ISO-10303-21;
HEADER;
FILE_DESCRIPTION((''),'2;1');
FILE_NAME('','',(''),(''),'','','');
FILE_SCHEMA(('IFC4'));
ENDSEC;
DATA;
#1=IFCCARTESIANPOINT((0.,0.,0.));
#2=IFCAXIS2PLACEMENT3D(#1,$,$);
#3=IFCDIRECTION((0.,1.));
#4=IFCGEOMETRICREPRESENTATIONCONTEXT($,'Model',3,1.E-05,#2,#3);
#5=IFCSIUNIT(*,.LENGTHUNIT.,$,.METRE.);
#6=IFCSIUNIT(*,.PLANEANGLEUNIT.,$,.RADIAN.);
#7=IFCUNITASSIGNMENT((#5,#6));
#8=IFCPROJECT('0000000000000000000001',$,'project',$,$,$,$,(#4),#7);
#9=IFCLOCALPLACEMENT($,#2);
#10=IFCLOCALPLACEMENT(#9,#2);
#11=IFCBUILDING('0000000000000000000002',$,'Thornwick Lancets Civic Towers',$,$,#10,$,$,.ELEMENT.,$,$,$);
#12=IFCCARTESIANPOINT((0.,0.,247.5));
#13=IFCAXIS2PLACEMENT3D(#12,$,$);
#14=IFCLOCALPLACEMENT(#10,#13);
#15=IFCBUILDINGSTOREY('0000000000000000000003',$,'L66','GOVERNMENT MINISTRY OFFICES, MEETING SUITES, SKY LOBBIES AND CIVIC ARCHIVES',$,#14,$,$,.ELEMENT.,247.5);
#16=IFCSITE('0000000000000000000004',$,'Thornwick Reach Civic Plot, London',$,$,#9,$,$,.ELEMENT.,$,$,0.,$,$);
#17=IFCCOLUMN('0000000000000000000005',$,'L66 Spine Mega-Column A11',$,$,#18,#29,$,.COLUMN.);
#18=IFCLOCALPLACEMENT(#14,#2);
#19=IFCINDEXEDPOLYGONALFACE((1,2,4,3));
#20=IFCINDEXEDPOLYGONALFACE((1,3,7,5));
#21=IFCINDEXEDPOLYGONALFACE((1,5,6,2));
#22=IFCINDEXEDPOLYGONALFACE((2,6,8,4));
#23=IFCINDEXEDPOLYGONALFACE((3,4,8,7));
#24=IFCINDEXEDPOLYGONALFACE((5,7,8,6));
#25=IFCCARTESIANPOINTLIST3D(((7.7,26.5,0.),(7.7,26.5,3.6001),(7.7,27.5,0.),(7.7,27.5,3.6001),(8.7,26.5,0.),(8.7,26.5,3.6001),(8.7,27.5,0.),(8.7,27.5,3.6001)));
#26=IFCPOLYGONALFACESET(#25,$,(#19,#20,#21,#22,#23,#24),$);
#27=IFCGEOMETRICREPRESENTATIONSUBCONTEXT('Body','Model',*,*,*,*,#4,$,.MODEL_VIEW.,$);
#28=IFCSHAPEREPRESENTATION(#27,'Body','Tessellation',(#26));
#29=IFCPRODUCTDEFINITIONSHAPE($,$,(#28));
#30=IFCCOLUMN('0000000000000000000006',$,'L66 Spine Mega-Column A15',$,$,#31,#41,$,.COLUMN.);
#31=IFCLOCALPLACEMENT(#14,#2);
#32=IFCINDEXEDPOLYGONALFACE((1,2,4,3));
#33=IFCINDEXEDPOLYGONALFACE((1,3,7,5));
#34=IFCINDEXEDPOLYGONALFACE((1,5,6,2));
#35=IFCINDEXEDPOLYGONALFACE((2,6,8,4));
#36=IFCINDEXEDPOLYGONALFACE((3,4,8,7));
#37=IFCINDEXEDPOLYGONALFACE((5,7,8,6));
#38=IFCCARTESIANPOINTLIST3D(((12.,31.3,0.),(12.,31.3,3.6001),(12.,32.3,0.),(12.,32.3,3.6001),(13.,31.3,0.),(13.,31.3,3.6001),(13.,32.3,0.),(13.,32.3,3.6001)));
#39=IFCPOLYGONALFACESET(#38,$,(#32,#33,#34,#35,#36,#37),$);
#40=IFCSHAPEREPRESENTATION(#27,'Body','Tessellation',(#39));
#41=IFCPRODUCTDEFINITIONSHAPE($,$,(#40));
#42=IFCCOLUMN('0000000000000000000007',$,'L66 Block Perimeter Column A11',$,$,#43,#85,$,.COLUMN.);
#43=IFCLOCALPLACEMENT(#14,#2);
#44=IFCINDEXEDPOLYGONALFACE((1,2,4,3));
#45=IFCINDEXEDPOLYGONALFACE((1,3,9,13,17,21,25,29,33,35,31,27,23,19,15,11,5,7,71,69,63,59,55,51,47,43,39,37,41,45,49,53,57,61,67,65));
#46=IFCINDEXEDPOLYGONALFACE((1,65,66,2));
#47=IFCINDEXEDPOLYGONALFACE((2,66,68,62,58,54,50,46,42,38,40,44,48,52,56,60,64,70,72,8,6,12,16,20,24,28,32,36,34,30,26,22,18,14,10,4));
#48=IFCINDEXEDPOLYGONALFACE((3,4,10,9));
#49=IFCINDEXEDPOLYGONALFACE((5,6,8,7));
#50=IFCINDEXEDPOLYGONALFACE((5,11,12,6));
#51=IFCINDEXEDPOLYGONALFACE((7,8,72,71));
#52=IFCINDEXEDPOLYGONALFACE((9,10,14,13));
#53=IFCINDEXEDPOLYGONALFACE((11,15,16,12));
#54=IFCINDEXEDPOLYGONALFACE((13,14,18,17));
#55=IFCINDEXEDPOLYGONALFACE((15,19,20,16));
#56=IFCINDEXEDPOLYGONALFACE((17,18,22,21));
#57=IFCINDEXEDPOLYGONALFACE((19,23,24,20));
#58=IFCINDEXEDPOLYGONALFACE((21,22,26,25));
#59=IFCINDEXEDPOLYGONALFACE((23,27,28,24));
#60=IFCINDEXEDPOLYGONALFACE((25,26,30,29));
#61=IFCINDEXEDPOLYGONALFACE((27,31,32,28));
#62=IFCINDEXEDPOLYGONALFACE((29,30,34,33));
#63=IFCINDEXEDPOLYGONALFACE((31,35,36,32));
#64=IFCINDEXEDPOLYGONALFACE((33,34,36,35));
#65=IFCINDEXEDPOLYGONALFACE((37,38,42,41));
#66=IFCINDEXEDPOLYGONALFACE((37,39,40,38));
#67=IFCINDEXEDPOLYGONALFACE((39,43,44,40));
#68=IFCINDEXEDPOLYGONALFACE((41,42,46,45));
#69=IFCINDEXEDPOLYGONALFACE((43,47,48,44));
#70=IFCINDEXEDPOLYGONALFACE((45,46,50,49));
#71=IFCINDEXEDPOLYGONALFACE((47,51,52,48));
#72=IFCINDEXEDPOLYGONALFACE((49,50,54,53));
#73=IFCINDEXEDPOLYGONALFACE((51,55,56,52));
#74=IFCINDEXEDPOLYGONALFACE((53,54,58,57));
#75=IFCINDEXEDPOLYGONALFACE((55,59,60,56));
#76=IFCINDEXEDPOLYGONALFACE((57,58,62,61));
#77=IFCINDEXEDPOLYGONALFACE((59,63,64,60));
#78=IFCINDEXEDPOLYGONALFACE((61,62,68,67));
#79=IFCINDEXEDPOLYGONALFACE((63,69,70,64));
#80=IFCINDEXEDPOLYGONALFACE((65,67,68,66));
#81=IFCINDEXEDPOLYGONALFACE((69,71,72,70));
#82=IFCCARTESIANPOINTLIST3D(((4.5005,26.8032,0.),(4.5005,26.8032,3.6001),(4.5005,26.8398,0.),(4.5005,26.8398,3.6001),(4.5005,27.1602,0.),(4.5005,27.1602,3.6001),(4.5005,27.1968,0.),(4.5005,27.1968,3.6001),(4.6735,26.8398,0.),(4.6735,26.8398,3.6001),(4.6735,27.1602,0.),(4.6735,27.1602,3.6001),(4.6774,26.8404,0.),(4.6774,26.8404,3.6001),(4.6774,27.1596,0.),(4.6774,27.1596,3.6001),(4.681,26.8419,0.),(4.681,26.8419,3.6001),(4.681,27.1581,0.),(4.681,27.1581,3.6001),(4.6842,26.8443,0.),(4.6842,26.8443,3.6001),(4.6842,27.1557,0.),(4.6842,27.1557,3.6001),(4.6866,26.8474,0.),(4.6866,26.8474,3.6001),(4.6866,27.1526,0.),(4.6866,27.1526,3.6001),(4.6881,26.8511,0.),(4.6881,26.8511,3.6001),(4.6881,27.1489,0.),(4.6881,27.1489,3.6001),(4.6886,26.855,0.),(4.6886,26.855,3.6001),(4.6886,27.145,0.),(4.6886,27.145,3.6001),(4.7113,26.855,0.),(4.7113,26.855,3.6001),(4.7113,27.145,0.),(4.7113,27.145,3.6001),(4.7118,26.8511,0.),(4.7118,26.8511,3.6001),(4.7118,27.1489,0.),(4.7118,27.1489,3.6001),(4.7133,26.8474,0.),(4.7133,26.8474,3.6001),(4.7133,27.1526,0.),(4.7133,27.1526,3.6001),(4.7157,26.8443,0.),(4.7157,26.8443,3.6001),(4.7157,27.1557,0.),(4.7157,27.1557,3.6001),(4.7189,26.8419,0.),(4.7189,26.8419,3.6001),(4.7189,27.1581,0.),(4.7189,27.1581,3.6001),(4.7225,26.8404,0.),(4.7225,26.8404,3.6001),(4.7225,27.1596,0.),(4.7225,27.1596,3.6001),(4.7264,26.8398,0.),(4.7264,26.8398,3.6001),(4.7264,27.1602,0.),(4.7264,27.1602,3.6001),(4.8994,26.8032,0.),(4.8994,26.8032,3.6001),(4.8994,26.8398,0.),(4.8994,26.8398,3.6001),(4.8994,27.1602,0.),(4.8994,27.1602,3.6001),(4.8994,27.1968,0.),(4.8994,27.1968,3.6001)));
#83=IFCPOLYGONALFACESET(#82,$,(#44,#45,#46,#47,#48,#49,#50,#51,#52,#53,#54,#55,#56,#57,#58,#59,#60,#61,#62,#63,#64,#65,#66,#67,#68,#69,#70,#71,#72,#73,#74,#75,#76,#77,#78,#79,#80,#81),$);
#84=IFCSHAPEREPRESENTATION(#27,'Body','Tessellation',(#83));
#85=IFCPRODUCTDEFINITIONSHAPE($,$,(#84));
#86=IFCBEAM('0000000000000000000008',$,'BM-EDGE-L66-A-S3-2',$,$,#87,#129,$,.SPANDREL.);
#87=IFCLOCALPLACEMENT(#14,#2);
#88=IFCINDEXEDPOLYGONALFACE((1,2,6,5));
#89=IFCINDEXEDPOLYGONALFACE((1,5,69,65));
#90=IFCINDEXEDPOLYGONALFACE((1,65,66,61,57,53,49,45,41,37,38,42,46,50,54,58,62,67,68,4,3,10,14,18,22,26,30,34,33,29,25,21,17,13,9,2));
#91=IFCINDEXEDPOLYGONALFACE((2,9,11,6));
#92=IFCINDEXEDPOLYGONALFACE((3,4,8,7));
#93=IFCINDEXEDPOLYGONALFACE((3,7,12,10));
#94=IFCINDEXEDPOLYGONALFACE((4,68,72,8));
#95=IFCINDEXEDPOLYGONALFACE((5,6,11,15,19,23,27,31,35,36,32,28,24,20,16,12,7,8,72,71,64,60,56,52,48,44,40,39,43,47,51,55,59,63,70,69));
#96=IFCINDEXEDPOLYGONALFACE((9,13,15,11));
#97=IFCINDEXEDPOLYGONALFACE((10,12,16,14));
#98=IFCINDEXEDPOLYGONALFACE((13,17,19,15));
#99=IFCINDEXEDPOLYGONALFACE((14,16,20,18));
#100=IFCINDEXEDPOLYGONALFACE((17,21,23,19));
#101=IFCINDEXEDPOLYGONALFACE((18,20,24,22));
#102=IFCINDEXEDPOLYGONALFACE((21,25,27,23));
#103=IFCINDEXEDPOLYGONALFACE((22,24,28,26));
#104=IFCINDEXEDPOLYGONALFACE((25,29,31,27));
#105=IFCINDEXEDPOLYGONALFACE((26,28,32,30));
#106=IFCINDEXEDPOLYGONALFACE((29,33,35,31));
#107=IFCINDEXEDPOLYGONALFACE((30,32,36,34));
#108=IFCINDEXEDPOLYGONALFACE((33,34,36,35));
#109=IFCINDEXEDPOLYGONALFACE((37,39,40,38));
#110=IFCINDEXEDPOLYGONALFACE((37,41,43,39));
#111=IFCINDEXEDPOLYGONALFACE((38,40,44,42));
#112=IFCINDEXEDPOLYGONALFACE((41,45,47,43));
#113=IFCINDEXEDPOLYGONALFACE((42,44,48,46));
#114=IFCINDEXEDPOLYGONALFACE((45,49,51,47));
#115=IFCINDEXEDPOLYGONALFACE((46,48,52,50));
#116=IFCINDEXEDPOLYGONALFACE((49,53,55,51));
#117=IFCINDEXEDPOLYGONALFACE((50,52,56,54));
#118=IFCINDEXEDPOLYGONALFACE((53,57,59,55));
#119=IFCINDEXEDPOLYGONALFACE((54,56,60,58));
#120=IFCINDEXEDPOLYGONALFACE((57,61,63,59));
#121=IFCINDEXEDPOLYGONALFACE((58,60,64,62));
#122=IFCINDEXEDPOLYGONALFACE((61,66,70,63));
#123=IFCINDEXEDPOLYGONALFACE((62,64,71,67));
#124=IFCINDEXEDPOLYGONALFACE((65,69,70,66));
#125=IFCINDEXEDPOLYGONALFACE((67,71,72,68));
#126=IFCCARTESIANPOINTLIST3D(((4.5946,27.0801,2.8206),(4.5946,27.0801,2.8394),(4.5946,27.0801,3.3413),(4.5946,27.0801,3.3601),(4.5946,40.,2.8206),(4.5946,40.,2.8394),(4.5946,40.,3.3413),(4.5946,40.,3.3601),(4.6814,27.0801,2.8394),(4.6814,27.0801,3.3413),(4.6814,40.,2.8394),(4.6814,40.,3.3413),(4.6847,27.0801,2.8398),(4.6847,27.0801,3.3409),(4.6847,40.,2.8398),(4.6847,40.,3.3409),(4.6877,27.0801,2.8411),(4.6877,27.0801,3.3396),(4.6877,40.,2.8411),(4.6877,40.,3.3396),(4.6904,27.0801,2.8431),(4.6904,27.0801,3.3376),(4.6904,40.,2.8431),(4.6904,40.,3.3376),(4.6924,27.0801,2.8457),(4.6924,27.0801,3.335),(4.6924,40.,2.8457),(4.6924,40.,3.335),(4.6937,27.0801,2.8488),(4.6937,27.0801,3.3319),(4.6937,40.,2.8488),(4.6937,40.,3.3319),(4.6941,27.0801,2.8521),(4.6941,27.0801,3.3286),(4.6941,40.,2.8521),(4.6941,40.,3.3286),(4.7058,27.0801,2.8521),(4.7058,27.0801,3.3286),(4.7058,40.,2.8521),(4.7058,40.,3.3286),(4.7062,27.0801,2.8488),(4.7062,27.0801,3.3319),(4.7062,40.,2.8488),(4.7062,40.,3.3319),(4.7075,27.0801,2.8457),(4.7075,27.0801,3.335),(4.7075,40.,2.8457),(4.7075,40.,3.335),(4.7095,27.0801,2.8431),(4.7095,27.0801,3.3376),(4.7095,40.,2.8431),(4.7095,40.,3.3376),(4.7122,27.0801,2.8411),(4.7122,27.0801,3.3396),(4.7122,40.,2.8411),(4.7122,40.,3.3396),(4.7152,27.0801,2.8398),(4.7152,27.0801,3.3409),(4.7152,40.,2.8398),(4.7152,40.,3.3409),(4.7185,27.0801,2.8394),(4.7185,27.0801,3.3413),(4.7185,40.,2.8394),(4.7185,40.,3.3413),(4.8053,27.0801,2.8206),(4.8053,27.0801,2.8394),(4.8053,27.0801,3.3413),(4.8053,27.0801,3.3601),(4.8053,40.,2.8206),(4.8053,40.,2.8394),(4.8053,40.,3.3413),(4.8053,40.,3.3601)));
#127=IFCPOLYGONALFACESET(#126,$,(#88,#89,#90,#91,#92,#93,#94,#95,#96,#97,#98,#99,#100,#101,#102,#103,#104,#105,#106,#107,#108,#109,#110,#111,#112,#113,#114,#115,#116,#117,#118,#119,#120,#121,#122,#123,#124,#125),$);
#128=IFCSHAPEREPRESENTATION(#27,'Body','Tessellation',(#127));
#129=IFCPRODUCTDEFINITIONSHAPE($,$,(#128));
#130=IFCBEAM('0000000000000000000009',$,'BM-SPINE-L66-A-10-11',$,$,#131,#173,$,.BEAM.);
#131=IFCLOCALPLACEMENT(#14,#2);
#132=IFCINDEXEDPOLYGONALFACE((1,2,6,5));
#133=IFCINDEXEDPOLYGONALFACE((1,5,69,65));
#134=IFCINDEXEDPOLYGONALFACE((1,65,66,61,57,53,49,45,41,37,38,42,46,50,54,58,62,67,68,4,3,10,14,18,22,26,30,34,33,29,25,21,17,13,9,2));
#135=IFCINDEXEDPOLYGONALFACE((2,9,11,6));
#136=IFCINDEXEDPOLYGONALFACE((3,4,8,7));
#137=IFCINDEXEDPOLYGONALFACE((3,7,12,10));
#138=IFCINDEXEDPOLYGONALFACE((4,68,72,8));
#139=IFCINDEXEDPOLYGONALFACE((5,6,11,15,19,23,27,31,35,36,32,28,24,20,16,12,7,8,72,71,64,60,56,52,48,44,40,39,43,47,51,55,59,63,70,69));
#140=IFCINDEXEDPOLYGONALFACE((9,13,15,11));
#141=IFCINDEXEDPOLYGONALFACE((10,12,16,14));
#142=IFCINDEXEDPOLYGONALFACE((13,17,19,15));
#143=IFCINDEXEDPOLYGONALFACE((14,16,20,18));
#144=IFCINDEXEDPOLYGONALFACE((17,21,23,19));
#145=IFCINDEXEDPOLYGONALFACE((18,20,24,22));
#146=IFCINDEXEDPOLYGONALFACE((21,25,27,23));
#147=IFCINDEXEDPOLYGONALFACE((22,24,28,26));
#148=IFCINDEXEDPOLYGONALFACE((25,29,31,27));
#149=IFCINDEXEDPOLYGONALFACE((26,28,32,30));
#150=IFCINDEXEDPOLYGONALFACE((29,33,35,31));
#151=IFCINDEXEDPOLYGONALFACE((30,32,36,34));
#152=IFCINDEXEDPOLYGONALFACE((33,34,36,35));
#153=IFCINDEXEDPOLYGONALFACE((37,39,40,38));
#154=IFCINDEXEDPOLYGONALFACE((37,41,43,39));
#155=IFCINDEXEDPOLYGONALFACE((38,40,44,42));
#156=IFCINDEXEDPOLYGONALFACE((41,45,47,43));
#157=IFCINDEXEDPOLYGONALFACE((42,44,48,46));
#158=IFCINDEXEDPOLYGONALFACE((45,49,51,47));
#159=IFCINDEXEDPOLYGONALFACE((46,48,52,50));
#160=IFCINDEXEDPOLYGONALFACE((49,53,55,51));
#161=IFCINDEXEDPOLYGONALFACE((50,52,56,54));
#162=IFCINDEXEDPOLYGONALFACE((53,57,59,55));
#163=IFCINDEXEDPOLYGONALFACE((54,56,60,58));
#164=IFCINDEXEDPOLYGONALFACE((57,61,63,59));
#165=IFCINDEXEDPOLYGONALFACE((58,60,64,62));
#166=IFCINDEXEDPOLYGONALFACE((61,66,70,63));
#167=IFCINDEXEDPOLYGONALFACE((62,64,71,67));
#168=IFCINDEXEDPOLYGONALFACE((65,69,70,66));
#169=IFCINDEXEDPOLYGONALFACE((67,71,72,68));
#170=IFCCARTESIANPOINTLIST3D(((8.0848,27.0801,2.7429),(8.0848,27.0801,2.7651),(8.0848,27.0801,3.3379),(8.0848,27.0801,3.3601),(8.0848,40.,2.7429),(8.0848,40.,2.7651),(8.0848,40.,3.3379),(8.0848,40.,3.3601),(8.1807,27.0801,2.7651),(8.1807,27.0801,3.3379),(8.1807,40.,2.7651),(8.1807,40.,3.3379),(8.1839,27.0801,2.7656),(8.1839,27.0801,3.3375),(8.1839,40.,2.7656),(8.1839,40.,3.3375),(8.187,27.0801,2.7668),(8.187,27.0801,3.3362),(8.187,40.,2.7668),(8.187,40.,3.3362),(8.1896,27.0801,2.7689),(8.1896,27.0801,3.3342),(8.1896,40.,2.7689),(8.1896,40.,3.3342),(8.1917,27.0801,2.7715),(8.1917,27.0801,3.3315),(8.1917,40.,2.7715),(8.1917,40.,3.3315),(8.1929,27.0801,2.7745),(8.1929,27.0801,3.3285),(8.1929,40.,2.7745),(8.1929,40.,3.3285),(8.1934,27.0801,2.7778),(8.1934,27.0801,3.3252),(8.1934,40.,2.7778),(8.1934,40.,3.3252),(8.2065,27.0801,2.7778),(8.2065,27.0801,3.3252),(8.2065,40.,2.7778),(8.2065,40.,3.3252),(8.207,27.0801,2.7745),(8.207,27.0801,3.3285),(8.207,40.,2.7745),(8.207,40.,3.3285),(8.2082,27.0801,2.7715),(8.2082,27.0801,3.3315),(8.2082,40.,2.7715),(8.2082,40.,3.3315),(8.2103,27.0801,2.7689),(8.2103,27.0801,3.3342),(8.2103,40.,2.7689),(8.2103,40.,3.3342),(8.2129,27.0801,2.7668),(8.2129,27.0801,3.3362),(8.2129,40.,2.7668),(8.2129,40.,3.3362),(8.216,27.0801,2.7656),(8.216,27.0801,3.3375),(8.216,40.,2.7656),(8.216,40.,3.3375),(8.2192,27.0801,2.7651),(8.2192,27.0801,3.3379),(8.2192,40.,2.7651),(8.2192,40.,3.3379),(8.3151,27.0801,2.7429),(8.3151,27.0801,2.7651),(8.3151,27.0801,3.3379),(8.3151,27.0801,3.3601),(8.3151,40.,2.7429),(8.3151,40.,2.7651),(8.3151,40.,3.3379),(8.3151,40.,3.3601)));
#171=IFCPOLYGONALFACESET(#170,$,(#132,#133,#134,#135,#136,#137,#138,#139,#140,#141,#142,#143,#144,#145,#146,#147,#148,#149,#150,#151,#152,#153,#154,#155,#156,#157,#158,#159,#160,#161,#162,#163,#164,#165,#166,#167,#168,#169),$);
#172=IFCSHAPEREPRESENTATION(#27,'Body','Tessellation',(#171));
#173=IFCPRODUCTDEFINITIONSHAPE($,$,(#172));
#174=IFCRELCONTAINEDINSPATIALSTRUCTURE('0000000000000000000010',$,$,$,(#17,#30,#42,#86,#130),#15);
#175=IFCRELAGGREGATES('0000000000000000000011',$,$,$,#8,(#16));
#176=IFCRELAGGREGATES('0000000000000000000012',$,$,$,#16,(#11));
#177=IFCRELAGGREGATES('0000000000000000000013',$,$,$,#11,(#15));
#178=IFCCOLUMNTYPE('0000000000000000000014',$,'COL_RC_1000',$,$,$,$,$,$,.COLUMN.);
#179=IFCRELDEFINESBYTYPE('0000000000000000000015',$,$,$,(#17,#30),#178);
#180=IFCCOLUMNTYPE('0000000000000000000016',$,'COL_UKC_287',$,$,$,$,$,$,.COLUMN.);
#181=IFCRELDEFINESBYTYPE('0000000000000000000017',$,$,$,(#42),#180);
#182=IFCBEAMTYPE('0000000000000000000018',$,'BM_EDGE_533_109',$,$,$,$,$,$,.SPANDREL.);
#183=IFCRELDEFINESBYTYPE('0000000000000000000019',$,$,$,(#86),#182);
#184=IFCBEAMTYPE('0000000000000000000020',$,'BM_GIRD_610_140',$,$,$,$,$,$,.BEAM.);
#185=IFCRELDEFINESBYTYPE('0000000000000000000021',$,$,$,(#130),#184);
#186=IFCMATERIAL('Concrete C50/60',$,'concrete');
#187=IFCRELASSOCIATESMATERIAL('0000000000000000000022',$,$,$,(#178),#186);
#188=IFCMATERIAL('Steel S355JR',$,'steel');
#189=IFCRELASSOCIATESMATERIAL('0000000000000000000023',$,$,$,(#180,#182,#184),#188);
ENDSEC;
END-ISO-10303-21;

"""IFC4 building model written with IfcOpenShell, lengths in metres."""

from ifc_helpers import new_model, si_unit, direction, frame, origin, origin_2d, place, context, subcontext, project, spatial, rectangle, i_section, extrude, material, material_profile, profile_set, type_object, element, save


model = new_model("IFC4")

# Units and contexts
model_context = context("Model", 3, precision=1e-05, world=origin(), true_north=direction((0.0, 1.0)))
body_context = subcontext(model_context, "Body", "Model", "MODEL_VIEW")
ifc_project = project(units=[si_unit("LENGTHUNIT", "METRE"), si_unit("PLANEANGLEUNIT", "RADIAN")], contexts=[model_context])

# Site, building, storey
site_placement = place(None, origin())
site = spatial("IfcSite", under=ifc_project, at=site_placement, Name="Thornwick Reach Civic Plot, London", CompositionType="ELEMENT", RefElevation=0.0)
building_placement = place(site_placement, origin())
building = spatial("IfcBuilding", under=site, at=building_placement, Name="Thornwick Lancets Civic Towers", CompositionType="ELEMENT")
storey_placement = place(building_placement, frame((0.0, 0.0, 247.5)))
storey = spatial("IfcBuildingStorey", under=building, at=storey_placement, Name="L66", Description="GOVERNMENT MINISTRY OFFICES, MEETING SUITES, SKY LOBBIES AND CIVIC ARCHIVES", CompositionType="ELEMENT", Elevation=247.5)

# Columns
ifc_material_1 = material(Name="Concrete C50/60", Category="concrete")
ifc_material_profile_1 = material_profile(ifc_material_1, rectangle(XDim=1.0, YDim=1.0, at=origin_2d()), Name="RC 1000x1000")
ifc_profile_set_1 = profile_set([ifc_material_profile_1], Name="Concrete C50/60")
column_type_1 = type_object("IfcColumnType", Name="COL_RC_1000", PredefinedType="COLUMN", material=ifc_profile_set_1)
for number, where, z_axis, x_axis, name in (
    (1, (8.2, 27.0, 0.0), (0.0, 0.0, 1.0), (1.0, 0.0, 0.0), "L66 Spine Mega-Column A11"),
    (2, (12.5, 31.8, 0.0), (0.0, 0.0, 1.0), (1.0, 0.0, 0.0), "L66 Spine Mega-Column A15"),
):
    element("IfcColumn", number, at=place(storey_placement, frame(where, z_axis=z_axis, x_axis=x_axis)), inside=storey, type_object=column_type_1, Name=name, PredefinedType="COLUMN", context=body_context, shape_type="SweptSolid", body=[
        extrude(rectangle(XDim=1.0, YDim=1.0, at=origin_2d()), origin(), (0.0, 0.0, 1.0), 3.6001),
    ])
ifc_material_2 = material(Name="Steel S355JR", Category="steel")
ifc_material_profile_2 = material_profile(ifc_material_2, i_section(OverallWidth=0.3989, OverallDepth=0.3936, WebThickness=0.0227, FlangeThickness=0.0366, FilletRadius=0.0151, at=origin_2d()), Name="UKC 356x406x287")
ifc_profile_set_2 = profile_set([ifc_material_profile_2], Name="Steel S355JR")
column_type_2 = type_object("IfcColumnType", Name="COL_UKC_287", PredefinedType="COLUMN", material=ifc_profile_set_2)
column_placement = place(storey_placement, frame((4.7, 27.0, 0.0), z_axis=(0.0, 0.0, 1.0), x_axis=(1.0, 0.0, 0.0)))
element("IfcColumn", 3, at=column_placement, inside=storey, type_object=column_type_2, Name="L66 Block Perimeter Column A11", PredefinedType="COLUMN", context=body_context, shape_type="SweptSolid", body=[
    extrude(i_section(OverallWidth=0.3989, OverallDepth=0.3936, WebThickness=0.0227, FlangeThickness=0.0366, FilletRadius=0.0151, at=origin_2d()), origin(), (0.0, 0.0, 1.0), 3.6001),
])

# Beams
ifc_material_profile_3 = material_profile(ifc_material_2, i_section(OverallWidth=0.2107, OverallDepth=0.5396, WebThickness=0.0117, FlangeThickness=0.0188, FilletRadius=0.0127, at=origin_2d()), Name="UKB 533x210x109")
ifc_profile_set_3 = profile_set([ifc_material_profile_3], Name="Steel S355JR")
beam_type_1 = type_object("IfcBeamType", Name="BM_EDGE_533_109", PredefinedType="SPANDREL", material=ifc_profile_set_3)
beam_1_placement = place(storey_placement, frame((4.7, 27.0801, 3.0903), z_axis=(0.0, 1.0, 0.0), x_axis=(-1.0, 0.0, 0.0)))
element("IfcBeam", 4, at=beam_1_placement, inside=storey, type_object=beam_type_1, Name="BM-EDGE-L66-A-S3-2", PredefinedType="SPANDREL", context=body_context, shape_type="SweptSolid", body=[
    extrude(i_section(OverallWidth=0.2107, OverallDepth=0.5396, WebThickness=0.0117, FlangeThickness=0.0188, FilletRadius=0.0127, at=origin_2d()), origin(), (0.0, 0.0, 1.0), 12.9199),
])
ifc_material_profile_4 = material_profile(ifc_material_2, i_section(OverallWidth=0.2302, OverallDepth=0.6172, WebThickness=0.0132, FlangeThickness=0.0222, FilletRadius=0.0127, at=origin_2d()), Name="UKB 610x229x140")
ifc_profile_set_4 = profile_set([ifc_material_profile_4], Name="Steel S355JR")
beam_type_2 = type_object("IfcBeamType", Name="BM_GIRD_610_140", PredefinedType="BEAM", material=ifc_profile_set_4)
beam_2_placement = place(storey_placement, frame((8.2, 27.0801, 3.0515), z_axis=(0.0, 1.0, 0.0), x_axis=(-1.0, 0.0, 0.0)))
element("IfcBeam", 5, at=beam_2_placement, inside=storey, type_object=beam_type_2, Name="BM-SPINE-L66-A-10-11", PredefinedType="BEAM", context=body_context, shape_type="SweptSolid", body=[
    extrude(i_section(OverallWidth=0.2302, OverallDepth=0.6172, WebThickness=0.0132, FlangeThickness=0.0222, FilletRadius=0.0127, at=origin_2d()), origin(), (0.0, 0.0, 1.0), 12.9199),
])

save(model, "model.ifc")
